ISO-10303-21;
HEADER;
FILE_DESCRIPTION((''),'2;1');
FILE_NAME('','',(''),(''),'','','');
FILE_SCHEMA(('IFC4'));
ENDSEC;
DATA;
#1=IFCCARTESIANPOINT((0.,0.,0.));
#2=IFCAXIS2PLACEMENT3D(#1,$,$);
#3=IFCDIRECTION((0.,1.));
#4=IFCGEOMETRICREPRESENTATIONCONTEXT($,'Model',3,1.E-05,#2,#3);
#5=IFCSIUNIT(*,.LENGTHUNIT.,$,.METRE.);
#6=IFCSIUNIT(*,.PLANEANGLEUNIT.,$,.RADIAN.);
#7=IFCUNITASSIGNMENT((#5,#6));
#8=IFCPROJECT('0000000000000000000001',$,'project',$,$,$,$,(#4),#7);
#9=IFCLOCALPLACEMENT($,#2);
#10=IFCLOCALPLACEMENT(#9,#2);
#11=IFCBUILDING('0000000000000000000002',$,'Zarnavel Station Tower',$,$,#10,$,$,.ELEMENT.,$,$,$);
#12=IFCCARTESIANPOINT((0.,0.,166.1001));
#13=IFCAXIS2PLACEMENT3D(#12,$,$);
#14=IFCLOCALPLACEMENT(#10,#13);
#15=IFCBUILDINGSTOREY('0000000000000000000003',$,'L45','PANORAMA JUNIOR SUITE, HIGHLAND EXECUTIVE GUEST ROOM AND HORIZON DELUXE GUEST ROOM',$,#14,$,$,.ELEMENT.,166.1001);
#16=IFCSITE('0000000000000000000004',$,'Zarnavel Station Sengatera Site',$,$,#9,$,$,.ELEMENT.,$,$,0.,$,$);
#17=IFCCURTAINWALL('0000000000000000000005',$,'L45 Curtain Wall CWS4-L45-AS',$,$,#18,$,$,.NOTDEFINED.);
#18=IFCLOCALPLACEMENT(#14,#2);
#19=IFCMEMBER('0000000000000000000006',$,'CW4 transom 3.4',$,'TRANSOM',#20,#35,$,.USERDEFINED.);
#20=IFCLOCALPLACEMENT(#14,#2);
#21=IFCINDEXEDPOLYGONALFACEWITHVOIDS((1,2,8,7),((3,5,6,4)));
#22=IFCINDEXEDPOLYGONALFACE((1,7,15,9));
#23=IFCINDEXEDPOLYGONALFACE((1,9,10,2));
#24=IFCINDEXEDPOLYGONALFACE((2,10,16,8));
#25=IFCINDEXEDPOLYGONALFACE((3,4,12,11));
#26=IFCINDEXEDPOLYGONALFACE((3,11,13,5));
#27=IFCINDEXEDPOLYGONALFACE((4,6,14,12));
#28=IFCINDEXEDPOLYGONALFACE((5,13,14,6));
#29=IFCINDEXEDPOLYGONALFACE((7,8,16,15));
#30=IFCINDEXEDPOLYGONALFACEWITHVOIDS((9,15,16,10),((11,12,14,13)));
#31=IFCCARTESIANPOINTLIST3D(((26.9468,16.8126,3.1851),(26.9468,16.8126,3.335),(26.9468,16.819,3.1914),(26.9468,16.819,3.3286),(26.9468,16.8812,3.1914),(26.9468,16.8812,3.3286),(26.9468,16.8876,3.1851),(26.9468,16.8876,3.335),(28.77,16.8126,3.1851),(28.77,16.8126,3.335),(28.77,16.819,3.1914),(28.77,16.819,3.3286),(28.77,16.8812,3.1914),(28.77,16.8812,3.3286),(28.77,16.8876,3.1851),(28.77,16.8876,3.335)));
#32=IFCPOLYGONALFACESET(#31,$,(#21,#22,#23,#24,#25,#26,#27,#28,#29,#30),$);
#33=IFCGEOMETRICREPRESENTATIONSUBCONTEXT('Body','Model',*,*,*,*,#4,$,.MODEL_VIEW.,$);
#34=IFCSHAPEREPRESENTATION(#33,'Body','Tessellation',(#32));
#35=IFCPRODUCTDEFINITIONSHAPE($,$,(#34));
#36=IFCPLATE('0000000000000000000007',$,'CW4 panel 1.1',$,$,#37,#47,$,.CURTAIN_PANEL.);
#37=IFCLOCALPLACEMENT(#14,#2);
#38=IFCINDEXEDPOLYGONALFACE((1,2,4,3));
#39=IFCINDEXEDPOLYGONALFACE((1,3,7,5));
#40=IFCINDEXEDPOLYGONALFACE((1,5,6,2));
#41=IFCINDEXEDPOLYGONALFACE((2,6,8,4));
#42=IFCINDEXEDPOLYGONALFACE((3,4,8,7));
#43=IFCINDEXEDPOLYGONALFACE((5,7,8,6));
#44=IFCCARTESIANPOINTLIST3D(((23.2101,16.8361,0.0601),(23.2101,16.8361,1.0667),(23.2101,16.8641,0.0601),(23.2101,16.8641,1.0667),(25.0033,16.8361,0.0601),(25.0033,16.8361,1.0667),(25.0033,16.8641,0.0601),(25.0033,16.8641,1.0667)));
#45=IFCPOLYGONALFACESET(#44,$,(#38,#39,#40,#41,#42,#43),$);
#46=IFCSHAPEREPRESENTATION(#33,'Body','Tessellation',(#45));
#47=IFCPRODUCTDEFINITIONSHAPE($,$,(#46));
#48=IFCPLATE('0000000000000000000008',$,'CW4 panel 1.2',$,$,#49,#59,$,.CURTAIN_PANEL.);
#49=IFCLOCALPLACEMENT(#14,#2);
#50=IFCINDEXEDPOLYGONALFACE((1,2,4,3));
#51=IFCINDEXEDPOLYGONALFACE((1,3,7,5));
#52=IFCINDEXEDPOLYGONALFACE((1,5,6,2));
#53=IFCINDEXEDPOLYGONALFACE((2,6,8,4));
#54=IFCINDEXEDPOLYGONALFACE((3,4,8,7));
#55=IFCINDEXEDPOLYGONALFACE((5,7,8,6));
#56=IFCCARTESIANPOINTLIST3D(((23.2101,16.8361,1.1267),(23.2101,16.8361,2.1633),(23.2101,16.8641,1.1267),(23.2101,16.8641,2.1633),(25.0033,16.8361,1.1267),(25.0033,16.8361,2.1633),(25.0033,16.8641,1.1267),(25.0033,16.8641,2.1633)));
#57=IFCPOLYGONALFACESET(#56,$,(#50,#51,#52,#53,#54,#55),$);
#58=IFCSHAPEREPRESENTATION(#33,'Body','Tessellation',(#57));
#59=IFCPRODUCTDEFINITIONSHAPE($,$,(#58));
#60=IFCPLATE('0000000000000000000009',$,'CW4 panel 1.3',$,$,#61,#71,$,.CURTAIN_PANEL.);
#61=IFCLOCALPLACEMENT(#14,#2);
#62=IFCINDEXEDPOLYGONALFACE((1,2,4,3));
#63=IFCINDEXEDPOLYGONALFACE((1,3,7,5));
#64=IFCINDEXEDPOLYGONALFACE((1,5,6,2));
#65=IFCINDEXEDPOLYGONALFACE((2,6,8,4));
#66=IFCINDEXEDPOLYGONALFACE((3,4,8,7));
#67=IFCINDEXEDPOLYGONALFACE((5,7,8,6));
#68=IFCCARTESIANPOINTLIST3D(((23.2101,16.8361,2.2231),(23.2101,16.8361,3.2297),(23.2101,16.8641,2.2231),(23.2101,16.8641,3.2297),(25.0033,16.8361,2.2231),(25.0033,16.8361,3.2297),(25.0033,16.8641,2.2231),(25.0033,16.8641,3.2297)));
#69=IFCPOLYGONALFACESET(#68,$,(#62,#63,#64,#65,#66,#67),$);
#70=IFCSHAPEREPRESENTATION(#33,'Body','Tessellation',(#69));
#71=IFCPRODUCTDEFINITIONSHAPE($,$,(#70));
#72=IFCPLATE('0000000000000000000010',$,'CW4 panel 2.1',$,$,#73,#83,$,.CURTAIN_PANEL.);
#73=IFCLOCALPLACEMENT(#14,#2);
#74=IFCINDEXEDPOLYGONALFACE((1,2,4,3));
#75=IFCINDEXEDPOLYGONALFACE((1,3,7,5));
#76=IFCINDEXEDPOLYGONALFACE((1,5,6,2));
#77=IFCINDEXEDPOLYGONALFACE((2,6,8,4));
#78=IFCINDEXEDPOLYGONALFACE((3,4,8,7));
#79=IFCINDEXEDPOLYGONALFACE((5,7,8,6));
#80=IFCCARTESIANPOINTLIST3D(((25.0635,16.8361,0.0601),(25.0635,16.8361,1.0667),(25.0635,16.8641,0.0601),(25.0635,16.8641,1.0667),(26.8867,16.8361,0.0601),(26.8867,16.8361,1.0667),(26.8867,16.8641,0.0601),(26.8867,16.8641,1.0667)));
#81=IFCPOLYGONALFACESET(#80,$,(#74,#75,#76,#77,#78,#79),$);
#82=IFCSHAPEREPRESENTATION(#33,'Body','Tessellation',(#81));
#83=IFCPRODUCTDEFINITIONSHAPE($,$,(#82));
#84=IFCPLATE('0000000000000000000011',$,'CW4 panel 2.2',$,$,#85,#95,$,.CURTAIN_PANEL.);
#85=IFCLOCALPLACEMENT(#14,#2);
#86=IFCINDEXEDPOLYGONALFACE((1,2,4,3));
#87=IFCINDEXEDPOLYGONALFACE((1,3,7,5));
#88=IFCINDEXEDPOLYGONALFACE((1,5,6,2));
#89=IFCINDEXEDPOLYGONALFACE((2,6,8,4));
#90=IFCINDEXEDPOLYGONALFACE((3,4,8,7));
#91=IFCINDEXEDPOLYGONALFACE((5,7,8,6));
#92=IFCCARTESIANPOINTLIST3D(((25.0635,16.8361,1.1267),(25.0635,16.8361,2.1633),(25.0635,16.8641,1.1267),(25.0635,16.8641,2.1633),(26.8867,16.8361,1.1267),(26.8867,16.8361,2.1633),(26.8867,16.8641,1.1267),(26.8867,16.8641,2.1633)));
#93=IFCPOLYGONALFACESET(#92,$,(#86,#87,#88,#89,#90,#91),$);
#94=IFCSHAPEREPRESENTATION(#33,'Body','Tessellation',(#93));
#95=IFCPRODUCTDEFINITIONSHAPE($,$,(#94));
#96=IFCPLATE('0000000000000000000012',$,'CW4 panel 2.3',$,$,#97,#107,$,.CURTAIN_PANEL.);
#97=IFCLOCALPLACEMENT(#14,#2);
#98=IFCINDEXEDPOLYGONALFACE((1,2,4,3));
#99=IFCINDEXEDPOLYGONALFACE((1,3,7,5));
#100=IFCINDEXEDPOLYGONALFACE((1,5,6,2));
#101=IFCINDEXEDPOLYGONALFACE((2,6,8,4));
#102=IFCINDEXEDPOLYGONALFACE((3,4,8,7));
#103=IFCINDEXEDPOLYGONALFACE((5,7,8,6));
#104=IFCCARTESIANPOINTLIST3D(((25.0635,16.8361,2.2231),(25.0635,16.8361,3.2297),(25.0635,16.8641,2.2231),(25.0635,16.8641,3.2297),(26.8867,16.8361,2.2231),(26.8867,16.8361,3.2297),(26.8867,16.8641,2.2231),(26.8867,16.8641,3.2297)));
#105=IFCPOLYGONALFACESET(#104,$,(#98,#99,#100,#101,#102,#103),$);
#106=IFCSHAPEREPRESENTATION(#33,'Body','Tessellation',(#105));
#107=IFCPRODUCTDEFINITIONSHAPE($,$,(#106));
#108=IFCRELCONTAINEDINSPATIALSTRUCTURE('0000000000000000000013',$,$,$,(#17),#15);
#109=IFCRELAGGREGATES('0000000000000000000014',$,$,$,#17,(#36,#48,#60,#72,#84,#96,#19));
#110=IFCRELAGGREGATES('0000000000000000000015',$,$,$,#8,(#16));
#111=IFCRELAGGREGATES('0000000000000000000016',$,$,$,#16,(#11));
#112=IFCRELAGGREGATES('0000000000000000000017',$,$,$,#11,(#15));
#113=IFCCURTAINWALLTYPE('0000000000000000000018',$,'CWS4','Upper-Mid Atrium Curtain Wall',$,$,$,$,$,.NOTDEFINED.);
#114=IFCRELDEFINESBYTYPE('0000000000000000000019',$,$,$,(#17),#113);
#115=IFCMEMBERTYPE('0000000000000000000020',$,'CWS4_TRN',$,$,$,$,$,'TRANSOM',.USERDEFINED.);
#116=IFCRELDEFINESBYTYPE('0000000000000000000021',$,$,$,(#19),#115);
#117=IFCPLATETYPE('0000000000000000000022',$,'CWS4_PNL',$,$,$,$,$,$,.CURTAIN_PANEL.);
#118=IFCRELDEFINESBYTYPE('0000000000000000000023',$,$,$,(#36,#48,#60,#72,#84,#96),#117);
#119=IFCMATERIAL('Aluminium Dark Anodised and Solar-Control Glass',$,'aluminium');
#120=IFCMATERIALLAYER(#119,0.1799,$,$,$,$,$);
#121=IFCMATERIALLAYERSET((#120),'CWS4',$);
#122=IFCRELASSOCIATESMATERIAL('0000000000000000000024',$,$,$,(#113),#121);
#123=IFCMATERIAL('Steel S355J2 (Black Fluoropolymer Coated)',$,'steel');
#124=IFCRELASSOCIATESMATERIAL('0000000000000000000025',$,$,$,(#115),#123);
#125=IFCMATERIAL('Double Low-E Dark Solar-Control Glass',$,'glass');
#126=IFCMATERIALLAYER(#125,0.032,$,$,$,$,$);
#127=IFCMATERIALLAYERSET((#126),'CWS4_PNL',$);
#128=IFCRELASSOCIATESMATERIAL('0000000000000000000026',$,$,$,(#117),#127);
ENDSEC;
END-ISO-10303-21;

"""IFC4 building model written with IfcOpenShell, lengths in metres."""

from ifc_helpers import new_model, si_unit, direction, frame, origin, origin_2d, place, context, subcontext, project, spatial, rectangle, hollow_rectangle, extrude, material, layer, layer_set, material_profile, profile_set, type_object, element, aggregate, save


model = new_model("IFC4")

# Units and contexts
model_context = context("Model", 3, precision=1e-05, world=origin(), true_north=direction((0.0, 1.0)))
body_context = subcontext(model_context, "Body", "Model", "MODEL_VIEW")
ifc_project = project(units=[si_unit("LENGTHUNIT", "METRE"), si_unit("PLANEANGLEUNIT", "RADIAN")], contexts=[model_context])

# Site, building, storey
site_placement = place(None, origin())
site = spatial("IfcSite", under=ifc_project, at=site_placement, Name="Zarnavel Station Sengatera Site", CompositionType="ELEMENT", RefElevation=0.0)
building_placement = place(site_placement, origin())
building = spatial("IfcBuilding", under=site, at=building_placement, Name="Zarnavel Station Tower", CompositionType="ELEMENT")
storey_placement = place(building_placement, frame((0.0, 0.0, 166.1001)))
storey = spatial("IfcBuildingStorey", under=building, at=storey_placement, Name="L45", Description="PANORAMA JUNIOR SUITE, HIGHLAND EXECUTIVE GUEST ROOM AND HORIZON DELUXE GUEST ROOM", CompositionType="ELEMENT", Elevation=166.1001)

# Curtain wall, member, plates
ifc_material_1 = material(Name="Aluminium Dark Anodised and Solar-Control Glass", Category="aluminium")
ifc_layer_1 = layer(ifc_material_1, 0.1799)
ifc_layer_set_1 = layer_set([ifc_layer_1], Name="CWS4")
curtain_wall_type = type_object("IfcCurtainWallType", Name="CWS4", Description="Upper-Mid Atrium Curtain Wall", PredefinedType="NOTDEFINED", material=ifc_layer_set_1)
curtain_wall_placement = place(storey_placement, origin())
curtain_wall = element("IfcCurtainWall", 1, at=curtain_wall_placement, inside=storey, type_object=curtain_wall_type, Name="L45 Curtain Wall CWS4-L45-AS", PredefinedType="NOTDEFINED")
ifc_material_2 = material(Name="Steel S355J2 (Black Fluoropolymer Coated)", Category="steel")
ifc_material_profile_1 = material_profile(ifc_material_2, hollow_rectangle(XDim=0.075, YDim=0.1499, WallThickness=0.0063, at=origin_2d()), Name="RHS150x75x6.3")
ifc_profile_set_1 = profile_set([ifc_material_profile_1], Name="Steel S355J2 (Black Fluoropolymer Coated)")
member_type_1 = type_object("IfcMemberType", Name="CWS4_TRN", ElementType="TRANSOM", PredefinedType="USERDEFINED", material=ifc_profile_set_1)
member_1_placement = place(storey_placement, frame((26.9468, 16.8501, 3.26), z_axis=(1.0, 0.0, 0.0), x_axis=(0.0, 1.0, 0.0)))
member_1 = element("IfcMember", 2, at=member_1_placement, type_object=member_type_1, Name="CW4 transom 3.4", ObjectType="TRANSOM", PredefinedType="USERDEFINED", context=body_context, shape_type="SweptSolid", body=[
    extrude(hollow_rectangle(XDim=0.075, YDim=0.1499, WallThickness=0.0063, at=origin_2d()), origin(), (0.0, 0.0, 1.0), 1.8232),
])
ifc_material_3 = material(Name="Double Low-E Dark Solar-Control Glass", Category="glass")
ifc_layer_2 = layer(ifc_material_3, 0.032)
ifc_layer_set_2 = layer_set([ifc_layer_2], Name="CWS4_PNL")
plate_type = type_object("IfcPlateType", Name="CWS4_PNL", PredefinedType="CURTAIN_PANEL", material=ifc_layer_set_2)
plate_1_placement = place(storey_placement, frame((24.1067, 16.8501, 0.0601), z_axis=(0.0, 0.0, 1.0), x_axis=(1.0, 0.0, 0.0)))
plate_1 = element("IfcPlate", 3, at=plate_1_placement, type_object=plate_type, Name="CW4 panel 1.1", PredefinedType="CURTAIN_PANEL", context=body_context, shape_type="SweptSolid", body=[
    extrude(rectangle(XDim=1.7932, YDim=0.0281, at=origin_2d()), origin(), (0.0, 0.0, 1.0), 1.0066),
])
plate_2_placement = place(storey_placement, frame((24.1067, 16.8501, 1.1267), z_axis=(0.0, 0.0, 1.0), x_axis=(1.0, 0.0, 0.0)))
plate_2 = element("IfcPlate", 4, at=plate_2_placement, type_object=plate_type, Name="CW4 panel 1.2", PredefinedType="CURTAIN_PANEL", context=body_context, shape_type="SweptSolid", body=[
    extrude(rectangle(XDim=1.7932, YDim=0.0281, at=origin_2d()), origin(), (0.0, 0.0, 1.0), 1.0366),
])
plate_3_placement = place(storey_placement, frame((24.1067, 16.8501, 2.2231), z_axis=(0.0, 0.0, 1.0), x_axis=(1.0, 0.0, 0.0)))
plate_3 = element("IfcPlate", 5, at=plate_3_placement, type_object=plate_type, Name="CW4 panel 1.3", PredefinedType="CURTAIN_PANEL", context=body_context, shape_type="SweptSolid", body=[
    extrude(rectangle(XDim=1.7932, YDim=0.0281, at=origin_2d()), origin(), (0.0, 0.0, 1.0), 1.0066),
])
plate_4_placement = place(storey_placement, frame((25.9751, 16.8501, 0.0601), z_axis=(0.0, 0.0, 1.0), x_axis=(1.0, 0.0, 0.0)))
plate_4 = element("IfcPlate", 6, at=plate_4_placement, type_object=plate_type, Name="CW4 panel 2.1", PredefinedType="CURTAIN_PANEL", context=body_context, shape_type="SweptSolid", body=[
    extrude(rectangle(XDim=1.8232, YDim=0.0281, at=origin_2d()), origin(), (0.0, 0.0, 1.0), 1.0066),
])
plate_5_placement = place(storey_placement, frame((25.9751, 16.8501, 1.1267), z_axis=(0.0, 0.0, 1.0), x_axis=(1.0, 0.0, 0.0)))
plate_5 = element("IfcPlate", 7, at=plate_5_placement, type_object=plate_type, Name="CW4 panel 2.2", PredefinedType="CURTAIN_PANEL", context=body_context, shape_type="SweptSolid", body=[
    extrude(rectangle(XDim=1.8232, YDim=0.0281, at=origin_2d()), origin(), (0.0, 0.0, 1.0), 1.0366),
])
plate_6_placement = place(storey_placement, frame((25.9751, 16.8501, 2.2231), z_axis=(0.0, 0.0, 1.0), x_axis=(1.0, 0.0, 0.0)))
plate_6 = element("IfcPlate", 8, at=plate_6_placement, type_object=plate_type, Name="CW4 panel 2.3", PredefinedType="CURTAIN_PANEL", context=body_context, shape_type="SweptSolid", body=[
    extrude(rectangle(XDim=1.8232, YDim=0.0281, at=origin_2d()), origin(), (0.0, 0.0, 1.0), 1.0066),
])
aggregate(curtain_wall, [plate_1, plate_2, plate_3, plate_4, plate_5, plate_6, member_1])

save(model, "model.ifc")
